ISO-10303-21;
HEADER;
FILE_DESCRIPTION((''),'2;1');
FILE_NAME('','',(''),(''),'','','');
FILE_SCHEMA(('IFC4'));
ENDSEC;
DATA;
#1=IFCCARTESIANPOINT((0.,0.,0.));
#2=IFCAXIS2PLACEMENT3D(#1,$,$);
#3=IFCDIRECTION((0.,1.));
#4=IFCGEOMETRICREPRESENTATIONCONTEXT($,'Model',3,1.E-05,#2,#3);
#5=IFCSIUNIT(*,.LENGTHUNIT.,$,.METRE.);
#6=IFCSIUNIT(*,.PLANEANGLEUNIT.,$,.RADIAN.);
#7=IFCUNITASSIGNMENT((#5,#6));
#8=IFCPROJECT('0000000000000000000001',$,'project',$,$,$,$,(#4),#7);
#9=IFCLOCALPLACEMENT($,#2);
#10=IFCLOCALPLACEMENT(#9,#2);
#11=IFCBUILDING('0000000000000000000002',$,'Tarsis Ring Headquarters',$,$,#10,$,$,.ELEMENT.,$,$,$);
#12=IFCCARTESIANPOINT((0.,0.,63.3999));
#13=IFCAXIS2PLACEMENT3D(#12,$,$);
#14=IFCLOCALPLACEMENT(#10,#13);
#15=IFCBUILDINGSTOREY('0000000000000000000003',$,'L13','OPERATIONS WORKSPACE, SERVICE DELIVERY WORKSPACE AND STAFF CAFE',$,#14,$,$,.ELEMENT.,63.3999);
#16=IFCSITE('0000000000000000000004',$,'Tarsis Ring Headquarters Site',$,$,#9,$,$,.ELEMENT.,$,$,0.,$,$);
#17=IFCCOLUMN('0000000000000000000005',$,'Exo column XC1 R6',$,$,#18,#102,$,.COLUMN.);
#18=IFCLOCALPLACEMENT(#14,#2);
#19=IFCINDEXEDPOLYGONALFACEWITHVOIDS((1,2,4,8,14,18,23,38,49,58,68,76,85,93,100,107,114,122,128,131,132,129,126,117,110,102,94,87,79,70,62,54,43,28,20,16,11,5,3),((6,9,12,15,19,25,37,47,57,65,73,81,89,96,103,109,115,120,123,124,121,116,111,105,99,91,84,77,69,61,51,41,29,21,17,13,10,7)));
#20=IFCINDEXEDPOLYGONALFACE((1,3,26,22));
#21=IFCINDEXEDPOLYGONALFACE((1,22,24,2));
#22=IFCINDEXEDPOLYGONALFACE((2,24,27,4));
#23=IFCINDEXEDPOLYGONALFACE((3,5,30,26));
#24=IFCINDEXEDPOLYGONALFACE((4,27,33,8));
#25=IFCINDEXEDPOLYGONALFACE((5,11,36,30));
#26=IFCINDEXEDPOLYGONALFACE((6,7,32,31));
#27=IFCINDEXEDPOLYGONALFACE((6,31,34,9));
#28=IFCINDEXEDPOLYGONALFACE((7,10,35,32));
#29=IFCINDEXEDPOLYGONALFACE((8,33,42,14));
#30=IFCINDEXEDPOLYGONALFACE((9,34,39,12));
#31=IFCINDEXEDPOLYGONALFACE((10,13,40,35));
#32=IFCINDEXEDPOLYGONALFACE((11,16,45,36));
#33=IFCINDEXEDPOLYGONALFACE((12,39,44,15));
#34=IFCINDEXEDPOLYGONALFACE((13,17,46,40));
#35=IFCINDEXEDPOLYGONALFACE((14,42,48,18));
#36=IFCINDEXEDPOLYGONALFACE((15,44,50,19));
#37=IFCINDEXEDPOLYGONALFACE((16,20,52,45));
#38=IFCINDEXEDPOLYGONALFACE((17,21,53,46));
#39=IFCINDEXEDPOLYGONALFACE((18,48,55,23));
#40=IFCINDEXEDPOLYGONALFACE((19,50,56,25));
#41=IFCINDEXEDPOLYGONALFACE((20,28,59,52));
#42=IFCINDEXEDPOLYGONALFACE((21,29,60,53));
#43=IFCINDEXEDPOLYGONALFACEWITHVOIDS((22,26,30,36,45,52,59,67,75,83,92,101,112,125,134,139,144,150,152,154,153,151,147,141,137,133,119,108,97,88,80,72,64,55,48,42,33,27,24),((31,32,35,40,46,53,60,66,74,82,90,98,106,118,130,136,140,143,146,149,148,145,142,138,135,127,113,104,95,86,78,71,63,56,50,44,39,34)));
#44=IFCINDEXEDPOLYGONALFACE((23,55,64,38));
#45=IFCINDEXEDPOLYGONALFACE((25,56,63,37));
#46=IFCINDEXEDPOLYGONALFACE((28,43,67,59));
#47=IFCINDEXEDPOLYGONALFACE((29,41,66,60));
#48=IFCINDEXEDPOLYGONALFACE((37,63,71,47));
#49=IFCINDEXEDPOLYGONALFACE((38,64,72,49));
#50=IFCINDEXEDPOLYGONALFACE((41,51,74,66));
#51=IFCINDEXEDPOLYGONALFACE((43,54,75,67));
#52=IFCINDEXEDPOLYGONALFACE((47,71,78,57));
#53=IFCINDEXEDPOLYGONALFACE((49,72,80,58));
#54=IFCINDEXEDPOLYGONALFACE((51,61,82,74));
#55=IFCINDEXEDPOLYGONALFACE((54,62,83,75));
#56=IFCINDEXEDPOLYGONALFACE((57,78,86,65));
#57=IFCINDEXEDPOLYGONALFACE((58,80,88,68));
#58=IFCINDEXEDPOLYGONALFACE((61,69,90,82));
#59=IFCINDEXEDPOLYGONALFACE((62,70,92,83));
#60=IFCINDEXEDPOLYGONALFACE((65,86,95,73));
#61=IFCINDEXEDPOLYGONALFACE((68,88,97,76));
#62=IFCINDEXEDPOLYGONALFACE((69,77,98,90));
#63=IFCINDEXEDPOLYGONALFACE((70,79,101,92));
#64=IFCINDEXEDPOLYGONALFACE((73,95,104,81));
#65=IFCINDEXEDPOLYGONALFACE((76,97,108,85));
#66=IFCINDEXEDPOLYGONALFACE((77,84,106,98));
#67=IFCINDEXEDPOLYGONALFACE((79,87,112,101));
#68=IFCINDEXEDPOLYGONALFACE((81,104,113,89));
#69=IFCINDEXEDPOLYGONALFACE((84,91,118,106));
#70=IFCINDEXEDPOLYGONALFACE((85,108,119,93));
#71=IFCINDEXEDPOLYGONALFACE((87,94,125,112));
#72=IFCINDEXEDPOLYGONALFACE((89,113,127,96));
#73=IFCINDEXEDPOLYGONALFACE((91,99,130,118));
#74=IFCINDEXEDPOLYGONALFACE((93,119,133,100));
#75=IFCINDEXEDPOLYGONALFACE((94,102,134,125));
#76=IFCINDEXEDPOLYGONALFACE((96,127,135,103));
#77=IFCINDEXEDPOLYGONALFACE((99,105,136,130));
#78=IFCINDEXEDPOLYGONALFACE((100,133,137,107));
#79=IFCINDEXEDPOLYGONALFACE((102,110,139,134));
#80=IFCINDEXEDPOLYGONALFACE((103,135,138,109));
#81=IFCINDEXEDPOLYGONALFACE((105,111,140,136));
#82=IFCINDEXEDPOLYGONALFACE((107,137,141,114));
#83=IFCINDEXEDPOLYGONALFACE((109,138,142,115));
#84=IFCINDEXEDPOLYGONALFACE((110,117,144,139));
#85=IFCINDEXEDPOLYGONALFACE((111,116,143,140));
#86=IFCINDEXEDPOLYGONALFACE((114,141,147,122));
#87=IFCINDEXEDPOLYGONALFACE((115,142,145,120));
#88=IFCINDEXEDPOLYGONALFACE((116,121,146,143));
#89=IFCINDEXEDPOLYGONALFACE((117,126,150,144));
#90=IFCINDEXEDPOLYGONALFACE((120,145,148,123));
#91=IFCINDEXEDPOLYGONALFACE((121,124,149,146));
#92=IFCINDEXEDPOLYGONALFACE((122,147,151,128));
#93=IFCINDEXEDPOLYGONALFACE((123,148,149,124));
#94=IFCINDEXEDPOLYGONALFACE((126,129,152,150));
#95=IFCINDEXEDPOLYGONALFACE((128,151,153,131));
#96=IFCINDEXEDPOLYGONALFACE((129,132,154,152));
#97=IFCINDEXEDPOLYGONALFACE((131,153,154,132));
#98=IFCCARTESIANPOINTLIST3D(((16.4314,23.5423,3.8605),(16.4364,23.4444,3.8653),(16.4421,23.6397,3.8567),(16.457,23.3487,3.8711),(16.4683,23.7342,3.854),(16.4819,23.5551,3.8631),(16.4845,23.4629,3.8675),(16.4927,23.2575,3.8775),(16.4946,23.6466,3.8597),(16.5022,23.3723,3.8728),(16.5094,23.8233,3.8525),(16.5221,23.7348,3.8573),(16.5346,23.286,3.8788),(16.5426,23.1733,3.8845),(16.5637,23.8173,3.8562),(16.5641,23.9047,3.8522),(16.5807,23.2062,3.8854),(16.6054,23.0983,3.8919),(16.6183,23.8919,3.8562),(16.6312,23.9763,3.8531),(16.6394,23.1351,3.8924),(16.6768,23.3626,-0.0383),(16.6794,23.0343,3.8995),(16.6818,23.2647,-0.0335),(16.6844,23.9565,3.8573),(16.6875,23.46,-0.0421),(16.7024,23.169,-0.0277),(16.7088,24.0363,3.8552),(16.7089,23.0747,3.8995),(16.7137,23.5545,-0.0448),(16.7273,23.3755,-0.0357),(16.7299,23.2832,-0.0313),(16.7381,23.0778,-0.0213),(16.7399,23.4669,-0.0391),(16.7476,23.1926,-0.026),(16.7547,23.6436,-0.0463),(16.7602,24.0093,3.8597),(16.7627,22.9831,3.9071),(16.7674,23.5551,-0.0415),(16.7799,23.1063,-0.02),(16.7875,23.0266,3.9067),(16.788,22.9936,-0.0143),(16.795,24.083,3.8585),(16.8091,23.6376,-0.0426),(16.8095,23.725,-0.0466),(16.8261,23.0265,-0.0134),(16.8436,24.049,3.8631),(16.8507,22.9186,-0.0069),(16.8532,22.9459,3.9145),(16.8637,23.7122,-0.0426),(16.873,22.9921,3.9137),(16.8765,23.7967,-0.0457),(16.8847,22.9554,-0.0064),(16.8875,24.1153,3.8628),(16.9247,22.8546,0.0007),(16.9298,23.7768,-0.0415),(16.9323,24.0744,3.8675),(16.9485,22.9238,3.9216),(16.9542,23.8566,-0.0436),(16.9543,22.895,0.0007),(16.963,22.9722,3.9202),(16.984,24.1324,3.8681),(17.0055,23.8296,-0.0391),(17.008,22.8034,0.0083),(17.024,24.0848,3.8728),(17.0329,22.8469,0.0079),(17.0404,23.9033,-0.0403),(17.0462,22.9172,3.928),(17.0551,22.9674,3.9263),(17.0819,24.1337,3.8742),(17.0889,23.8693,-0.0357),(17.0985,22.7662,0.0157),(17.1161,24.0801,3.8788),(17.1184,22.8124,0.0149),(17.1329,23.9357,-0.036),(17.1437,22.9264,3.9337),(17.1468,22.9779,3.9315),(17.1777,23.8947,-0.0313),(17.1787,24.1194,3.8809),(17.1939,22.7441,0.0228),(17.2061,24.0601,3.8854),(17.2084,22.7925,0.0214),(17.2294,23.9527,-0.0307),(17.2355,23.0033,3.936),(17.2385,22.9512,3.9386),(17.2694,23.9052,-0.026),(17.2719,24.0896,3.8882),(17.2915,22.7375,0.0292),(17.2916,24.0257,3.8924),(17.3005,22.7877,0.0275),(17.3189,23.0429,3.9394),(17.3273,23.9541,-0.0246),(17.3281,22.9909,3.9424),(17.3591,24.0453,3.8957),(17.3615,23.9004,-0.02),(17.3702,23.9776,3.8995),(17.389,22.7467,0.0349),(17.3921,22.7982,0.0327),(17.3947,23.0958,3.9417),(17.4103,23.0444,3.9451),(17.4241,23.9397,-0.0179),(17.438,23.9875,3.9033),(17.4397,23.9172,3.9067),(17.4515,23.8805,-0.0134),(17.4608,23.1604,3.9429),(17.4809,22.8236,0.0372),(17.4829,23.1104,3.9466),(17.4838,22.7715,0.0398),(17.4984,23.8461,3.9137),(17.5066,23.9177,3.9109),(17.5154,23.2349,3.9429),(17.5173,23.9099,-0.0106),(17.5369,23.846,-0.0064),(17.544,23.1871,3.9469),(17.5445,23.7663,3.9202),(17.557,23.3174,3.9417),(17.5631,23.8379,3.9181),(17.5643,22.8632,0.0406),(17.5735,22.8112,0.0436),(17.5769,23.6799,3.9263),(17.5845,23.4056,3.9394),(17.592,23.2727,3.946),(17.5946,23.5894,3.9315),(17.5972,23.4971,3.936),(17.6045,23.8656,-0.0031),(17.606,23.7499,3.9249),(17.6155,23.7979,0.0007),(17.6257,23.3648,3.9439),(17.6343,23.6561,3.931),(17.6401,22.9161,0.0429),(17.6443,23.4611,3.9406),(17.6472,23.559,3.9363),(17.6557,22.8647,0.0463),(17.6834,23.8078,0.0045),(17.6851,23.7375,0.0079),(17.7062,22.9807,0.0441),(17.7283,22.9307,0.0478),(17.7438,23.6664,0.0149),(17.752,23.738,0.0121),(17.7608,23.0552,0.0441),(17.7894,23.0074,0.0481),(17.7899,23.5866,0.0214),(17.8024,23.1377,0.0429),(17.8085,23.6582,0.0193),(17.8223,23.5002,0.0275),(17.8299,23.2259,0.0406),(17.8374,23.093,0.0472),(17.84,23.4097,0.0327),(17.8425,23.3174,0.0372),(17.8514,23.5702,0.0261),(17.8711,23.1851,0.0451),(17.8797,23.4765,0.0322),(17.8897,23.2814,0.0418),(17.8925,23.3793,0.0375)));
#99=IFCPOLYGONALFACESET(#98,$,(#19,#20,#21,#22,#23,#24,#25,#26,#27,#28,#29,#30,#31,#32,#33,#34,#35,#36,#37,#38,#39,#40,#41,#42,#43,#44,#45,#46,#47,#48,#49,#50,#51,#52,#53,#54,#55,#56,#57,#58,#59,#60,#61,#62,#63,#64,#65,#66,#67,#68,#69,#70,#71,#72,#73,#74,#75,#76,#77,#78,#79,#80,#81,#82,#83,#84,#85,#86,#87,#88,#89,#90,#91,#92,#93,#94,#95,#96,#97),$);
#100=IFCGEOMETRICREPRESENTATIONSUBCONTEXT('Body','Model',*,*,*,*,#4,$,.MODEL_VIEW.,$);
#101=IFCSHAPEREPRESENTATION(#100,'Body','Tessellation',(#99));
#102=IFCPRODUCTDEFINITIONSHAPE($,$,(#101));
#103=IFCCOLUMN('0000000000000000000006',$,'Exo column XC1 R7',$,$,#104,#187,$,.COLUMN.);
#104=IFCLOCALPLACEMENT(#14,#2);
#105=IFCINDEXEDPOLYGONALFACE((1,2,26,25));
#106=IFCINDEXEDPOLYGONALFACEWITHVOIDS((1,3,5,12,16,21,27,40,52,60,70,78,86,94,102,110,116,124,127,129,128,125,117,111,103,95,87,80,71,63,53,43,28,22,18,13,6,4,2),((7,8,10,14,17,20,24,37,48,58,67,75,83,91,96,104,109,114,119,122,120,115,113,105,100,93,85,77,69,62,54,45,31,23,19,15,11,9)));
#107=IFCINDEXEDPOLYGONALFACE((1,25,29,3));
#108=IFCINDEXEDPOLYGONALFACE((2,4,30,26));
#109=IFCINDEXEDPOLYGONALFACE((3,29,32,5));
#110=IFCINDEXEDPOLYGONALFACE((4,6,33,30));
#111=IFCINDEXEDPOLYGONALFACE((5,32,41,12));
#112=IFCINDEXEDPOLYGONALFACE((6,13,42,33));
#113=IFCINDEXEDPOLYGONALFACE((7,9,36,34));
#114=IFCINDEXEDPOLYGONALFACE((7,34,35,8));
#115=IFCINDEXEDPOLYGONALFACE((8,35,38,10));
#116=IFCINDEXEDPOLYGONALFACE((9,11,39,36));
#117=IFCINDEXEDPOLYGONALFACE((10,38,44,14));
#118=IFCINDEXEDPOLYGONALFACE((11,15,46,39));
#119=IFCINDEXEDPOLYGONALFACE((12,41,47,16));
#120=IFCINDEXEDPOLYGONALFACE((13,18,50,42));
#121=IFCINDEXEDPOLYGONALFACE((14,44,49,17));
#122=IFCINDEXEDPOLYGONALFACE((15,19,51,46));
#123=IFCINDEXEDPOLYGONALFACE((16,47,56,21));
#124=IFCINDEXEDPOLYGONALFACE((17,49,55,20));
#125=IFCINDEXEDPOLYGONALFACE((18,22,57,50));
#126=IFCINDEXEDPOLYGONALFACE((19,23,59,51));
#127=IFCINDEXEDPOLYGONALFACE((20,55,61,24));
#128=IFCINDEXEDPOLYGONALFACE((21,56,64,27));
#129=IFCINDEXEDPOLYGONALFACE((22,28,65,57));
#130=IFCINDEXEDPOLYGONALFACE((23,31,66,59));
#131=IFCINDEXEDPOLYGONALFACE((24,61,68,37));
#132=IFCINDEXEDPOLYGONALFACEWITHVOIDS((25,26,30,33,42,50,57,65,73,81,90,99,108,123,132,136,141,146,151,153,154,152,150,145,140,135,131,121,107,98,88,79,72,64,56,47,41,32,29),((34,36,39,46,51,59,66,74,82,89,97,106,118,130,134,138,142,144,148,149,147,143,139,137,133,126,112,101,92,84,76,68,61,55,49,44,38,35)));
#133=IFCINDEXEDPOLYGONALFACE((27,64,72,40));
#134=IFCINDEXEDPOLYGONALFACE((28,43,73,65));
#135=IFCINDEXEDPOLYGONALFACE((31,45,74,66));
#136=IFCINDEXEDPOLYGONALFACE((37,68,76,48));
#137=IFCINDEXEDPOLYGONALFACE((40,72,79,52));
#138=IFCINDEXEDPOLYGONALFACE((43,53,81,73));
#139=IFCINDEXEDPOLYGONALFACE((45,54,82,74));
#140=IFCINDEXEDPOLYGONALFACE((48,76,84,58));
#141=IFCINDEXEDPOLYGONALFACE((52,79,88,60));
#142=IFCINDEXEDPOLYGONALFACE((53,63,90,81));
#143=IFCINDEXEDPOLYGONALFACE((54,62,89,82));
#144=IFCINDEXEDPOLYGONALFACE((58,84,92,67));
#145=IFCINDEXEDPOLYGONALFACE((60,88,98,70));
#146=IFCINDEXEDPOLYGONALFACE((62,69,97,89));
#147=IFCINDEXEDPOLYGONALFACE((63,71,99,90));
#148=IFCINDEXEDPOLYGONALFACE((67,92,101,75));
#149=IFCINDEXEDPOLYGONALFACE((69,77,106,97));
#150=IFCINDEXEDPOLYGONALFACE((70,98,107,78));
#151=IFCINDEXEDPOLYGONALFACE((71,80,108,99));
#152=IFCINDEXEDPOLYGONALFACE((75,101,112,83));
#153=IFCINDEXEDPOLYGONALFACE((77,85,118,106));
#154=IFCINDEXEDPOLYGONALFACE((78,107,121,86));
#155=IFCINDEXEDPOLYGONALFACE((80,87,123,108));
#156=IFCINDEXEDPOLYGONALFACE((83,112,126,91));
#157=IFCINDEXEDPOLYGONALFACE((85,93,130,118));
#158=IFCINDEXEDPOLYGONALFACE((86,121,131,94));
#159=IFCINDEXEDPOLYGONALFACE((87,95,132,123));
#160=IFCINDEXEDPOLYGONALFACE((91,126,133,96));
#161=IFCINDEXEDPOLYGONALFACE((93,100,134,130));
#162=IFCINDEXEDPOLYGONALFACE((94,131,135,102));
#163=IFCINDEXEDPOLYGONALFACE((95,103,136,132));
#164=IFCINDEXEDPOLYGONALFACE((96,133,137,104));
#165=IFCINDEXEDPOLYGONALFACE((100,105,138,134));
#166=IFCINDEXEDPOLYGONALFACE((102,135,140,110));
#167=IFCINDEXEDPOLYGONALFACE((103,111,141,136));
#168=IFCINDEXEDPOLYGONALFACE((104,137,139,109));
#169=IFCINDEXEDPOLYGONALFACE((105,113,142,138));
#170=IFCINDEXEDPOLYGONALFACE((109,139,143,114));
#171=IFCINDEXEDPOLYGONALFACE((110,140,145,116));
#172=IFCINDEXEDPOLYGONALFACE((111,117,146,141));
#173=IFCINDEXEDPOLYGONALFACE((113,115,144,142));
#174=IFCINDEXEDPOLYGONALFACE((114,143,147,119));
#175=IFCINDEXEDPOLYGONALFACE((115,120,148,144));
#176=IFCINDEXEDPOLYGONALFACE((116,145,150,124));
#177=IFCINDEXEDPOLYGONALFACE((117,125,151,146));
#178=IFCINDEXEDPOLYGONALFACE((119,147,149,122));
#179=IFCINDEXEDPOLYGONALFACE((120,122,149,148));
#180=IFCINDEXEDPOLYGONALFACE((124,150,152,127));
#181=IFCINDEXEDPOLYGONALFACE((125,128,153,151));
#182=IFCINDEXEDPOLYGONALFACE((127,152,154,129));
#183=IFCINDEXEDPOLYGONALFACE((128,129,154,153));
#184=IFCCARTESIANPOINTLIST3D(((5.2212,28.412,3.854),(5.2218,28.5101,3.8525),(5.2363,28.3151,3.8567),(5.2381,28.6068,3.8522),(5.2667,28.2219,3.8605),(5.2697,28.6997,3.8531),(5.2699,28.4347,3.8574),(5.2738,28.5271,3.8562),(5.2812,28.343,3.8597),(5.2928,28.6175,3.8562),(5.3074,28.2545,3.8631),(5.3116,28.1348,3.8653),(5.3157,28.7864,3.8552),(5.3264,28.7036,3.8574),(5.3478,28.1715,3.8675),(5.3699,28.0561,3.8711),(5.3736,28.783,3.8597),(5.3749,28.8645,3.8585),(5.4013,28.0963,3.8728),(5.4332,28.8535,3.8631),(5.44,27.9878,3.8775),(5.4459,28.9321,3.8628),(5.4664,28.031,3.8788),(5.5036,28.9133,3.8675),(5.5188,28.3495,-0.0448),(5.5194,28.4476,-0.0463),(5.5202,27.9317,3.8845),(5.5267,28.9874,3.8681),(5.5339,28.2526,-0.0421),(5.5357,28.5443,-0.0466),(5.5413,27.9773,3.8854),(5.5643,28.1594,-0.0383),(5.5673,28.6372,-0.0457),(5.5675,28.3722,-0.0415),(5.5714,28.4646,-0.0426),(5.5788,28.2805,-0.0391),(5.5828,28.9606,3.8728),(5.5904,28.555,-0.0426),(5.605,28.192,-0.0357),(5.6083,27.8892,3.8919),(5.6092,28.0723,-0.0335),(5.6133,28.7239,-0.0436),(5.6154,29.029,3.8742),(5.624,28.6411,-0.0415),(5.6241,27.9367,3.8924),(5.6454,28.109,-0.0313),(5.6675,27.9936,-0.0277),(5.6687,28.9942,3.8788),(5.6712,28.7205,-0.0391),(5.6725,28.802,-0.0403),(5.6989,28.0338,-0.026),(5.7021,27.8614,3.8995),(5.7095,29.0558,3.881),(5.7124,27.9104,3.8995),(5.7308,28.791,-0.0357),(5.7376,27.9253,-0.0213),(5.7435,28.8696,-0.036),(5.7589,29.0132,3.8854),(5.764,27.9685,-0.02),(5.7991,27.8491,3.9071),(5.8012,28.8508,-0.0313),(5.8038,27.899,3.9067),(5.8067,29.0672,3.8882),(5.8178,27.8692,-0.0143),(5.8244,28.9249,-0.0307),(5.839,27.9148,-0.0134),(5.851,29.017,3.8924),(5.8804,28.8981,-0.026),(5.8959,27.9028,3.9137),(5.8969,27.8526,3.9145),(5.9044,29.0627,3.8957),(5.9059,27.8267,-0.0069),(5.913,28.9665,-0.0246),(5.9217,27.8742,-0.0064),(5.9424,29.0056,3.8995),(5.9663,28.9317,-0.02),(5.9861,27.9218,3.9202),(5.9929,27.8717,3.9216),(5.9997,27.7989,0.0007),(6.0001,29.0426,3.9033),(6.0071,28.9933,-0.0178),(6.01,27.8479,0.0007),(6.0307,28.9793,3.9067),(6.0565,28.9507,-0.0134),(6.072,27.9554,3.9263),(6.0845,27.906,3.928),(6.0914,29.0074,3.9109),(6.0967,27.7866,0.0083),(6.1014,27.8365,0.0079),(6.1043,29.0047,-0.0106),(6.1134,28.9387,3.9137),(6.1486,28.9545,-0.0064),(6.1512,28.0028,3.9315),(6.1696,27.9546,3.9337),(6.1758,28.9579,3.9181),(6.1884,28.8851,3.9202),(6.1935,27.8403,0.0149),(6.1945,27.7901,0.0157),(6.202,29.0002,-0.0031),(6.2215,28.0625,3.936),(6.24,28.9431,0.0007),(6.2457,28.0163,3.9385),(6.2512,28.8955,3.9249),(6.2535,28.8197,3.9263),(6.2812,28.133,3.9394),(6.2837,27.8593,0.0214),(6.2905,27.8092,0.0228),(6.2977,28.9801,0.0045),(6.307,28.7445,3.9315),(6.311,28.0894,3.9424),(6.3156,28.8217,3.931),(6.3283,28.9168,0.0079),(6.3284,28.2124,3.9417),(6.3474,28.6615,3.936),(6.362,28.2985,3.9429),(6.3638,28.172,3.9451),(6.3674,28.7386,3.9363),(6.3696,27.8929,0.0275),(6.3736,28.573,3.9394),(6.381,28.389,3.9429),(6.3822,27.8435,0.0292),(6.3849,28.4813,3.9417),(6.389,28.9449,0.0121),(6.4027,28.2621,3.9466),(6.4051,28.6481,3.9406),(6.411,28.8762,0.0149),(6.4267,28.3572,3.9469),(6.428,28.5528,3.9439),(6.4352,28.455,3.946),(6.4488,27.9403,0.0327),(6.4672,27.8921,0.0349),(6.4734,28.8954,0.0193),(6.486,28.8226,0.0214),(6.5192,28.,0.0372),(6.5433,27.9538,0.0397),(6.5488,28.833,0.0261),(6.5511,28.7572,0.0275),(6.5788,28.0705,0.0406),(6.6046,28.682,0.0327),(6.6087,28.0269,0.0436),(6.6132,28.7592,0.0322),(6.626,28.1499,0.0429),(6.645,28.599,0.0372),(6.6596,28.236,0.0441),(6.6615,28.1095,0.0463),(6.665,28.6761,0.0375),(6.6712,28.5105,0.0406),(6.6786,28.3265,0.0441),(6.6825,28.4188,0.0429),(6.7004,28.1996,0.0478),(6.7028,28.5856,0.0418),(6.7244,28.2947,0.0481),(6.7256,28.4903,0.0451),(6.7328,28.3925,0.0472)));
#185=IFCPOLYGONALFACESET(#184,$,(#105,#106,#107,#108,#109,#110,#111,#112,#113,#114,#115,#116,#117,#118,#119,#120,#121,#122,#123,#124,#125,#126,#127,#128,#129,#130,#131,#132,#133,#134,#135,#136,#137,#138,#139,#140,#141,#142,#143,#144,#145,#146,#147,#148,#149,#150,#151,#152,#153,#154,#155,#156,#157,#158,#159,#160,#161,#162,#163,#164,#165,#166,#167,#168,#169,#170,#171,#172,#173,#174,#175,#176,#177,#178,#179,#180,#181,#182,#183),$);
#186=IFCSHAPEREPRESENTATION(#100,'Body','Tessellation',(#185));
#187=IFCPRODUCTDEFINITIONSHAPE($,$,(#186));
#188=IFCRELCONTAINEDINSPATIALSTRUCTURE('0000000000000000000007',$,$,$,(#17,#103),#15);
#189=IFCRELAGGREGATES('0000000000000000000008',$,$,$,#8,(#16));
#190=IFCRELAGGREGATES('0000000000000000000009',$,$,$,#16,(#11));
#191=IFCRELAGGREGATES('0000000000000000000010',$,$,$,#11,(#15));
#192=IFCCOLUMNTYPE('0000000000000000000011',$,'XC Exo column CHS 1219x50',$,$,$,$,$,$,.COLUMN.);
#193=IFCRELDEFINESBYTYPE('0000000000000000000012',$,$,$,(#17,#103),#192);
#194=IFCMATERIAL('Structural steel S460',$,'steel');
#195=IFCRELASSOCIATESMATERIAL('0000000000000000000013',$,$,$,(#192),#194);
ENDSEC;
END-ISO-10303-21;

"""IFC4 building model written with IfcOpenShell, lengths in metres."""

from ifc_helpers import new_model, si_unit, direction, frame, origin, origin_2d, place, context, subcontext, project, spatial, hollow_circle, extrude, material, material_profile, profile_set, type_object, element, save


model = new_model("IFC4")

# Units and contexts
model_context = context("Model", 3, precision=1e-05, world=origin(), true_north=direction((0.0, 1.0)))
body_context = subcontext(model_context, "Body", "Model", "MODEL_VIEW")
ifc_project = project(units=[si_unit("LENGTHUNIT", "METRE"), si_unit("PLANEANGLEUNIT", "RADIAN")], contexts=[model_context])

# Site, building, storey
site_placement = place(None, origin())
site = spatial("IfcSite", under=ifc_project, at=site_placement, Name="Tarsis Ring Headquarters Site", CompositionType="ELEMENT", RefElevation=0.0)
building_placement = place(site_placement, origin())
building = spatial("IfcBuilding", under=site, at=building_placement, Name="Tarsis Ring Headquarters", CompositionType="ELEMENT")
storey_placement = place(building_placement, frame((0.0, 0.0, 63.3999)))
storey = spatial("IfcBuildingStorey", under=building, at=storey_placement, Name="L13", Description="OPERATIONS WORKSPACE, SERVICE DELIVERY WORKSPACE AND STAFF CAFE", CompositionType="ELEMENT", Elevation=63.3999)

# Columns
ifc_material_1 = material(Name="Structural steel S460", Category="steel")
ifc_material_profile_1 = material_profile(ifc_material_1, hollow_circle(Radius=0.6096, WallThickness=0.05, at=origin_2d()), Name="CHS 1219x50")
ifc_profile_set_1 = profile_set([ifc_material_profile_1], Name="Structural steel S460")
column_type = type_object("IfcColumnType", Name="XC Exo column CHS 1219x50", PredefinedType="COLUMN", material=ifc_profile_set_1)
for number, where, z_axis, x_axis, name in (
    (1, (17.2849, 23.3464, 0.0007), (-0.062744, 0.04595, 0.996971), (-0.590842, -0.806788, 0.0), "Exo column XC1 R6"),
    (2, (6.125, 28.3955, 0.0007), (-0.076104, 0.015983, 0.996972), (-0.205525, -0.978652, 0.0), "Exo column XC1 R7"),
):
    element("IfcColumn", number, at=place(storey_placement, frame(where, z_axis=z_axis, x_axis=x_axis)), inside=storey, type_object=column_type, Name=name, PredefinedType="COLUMN", context=body_context, shape_type="SweptSolid", body=[
        extrude(hollow_circle(Radius=0.6096, WallThickness=0.05, at=origin_2d()), origin(), (0.0, 0.0, 1.0), 3.9106),
    ])

save(model, "model.ifc")
